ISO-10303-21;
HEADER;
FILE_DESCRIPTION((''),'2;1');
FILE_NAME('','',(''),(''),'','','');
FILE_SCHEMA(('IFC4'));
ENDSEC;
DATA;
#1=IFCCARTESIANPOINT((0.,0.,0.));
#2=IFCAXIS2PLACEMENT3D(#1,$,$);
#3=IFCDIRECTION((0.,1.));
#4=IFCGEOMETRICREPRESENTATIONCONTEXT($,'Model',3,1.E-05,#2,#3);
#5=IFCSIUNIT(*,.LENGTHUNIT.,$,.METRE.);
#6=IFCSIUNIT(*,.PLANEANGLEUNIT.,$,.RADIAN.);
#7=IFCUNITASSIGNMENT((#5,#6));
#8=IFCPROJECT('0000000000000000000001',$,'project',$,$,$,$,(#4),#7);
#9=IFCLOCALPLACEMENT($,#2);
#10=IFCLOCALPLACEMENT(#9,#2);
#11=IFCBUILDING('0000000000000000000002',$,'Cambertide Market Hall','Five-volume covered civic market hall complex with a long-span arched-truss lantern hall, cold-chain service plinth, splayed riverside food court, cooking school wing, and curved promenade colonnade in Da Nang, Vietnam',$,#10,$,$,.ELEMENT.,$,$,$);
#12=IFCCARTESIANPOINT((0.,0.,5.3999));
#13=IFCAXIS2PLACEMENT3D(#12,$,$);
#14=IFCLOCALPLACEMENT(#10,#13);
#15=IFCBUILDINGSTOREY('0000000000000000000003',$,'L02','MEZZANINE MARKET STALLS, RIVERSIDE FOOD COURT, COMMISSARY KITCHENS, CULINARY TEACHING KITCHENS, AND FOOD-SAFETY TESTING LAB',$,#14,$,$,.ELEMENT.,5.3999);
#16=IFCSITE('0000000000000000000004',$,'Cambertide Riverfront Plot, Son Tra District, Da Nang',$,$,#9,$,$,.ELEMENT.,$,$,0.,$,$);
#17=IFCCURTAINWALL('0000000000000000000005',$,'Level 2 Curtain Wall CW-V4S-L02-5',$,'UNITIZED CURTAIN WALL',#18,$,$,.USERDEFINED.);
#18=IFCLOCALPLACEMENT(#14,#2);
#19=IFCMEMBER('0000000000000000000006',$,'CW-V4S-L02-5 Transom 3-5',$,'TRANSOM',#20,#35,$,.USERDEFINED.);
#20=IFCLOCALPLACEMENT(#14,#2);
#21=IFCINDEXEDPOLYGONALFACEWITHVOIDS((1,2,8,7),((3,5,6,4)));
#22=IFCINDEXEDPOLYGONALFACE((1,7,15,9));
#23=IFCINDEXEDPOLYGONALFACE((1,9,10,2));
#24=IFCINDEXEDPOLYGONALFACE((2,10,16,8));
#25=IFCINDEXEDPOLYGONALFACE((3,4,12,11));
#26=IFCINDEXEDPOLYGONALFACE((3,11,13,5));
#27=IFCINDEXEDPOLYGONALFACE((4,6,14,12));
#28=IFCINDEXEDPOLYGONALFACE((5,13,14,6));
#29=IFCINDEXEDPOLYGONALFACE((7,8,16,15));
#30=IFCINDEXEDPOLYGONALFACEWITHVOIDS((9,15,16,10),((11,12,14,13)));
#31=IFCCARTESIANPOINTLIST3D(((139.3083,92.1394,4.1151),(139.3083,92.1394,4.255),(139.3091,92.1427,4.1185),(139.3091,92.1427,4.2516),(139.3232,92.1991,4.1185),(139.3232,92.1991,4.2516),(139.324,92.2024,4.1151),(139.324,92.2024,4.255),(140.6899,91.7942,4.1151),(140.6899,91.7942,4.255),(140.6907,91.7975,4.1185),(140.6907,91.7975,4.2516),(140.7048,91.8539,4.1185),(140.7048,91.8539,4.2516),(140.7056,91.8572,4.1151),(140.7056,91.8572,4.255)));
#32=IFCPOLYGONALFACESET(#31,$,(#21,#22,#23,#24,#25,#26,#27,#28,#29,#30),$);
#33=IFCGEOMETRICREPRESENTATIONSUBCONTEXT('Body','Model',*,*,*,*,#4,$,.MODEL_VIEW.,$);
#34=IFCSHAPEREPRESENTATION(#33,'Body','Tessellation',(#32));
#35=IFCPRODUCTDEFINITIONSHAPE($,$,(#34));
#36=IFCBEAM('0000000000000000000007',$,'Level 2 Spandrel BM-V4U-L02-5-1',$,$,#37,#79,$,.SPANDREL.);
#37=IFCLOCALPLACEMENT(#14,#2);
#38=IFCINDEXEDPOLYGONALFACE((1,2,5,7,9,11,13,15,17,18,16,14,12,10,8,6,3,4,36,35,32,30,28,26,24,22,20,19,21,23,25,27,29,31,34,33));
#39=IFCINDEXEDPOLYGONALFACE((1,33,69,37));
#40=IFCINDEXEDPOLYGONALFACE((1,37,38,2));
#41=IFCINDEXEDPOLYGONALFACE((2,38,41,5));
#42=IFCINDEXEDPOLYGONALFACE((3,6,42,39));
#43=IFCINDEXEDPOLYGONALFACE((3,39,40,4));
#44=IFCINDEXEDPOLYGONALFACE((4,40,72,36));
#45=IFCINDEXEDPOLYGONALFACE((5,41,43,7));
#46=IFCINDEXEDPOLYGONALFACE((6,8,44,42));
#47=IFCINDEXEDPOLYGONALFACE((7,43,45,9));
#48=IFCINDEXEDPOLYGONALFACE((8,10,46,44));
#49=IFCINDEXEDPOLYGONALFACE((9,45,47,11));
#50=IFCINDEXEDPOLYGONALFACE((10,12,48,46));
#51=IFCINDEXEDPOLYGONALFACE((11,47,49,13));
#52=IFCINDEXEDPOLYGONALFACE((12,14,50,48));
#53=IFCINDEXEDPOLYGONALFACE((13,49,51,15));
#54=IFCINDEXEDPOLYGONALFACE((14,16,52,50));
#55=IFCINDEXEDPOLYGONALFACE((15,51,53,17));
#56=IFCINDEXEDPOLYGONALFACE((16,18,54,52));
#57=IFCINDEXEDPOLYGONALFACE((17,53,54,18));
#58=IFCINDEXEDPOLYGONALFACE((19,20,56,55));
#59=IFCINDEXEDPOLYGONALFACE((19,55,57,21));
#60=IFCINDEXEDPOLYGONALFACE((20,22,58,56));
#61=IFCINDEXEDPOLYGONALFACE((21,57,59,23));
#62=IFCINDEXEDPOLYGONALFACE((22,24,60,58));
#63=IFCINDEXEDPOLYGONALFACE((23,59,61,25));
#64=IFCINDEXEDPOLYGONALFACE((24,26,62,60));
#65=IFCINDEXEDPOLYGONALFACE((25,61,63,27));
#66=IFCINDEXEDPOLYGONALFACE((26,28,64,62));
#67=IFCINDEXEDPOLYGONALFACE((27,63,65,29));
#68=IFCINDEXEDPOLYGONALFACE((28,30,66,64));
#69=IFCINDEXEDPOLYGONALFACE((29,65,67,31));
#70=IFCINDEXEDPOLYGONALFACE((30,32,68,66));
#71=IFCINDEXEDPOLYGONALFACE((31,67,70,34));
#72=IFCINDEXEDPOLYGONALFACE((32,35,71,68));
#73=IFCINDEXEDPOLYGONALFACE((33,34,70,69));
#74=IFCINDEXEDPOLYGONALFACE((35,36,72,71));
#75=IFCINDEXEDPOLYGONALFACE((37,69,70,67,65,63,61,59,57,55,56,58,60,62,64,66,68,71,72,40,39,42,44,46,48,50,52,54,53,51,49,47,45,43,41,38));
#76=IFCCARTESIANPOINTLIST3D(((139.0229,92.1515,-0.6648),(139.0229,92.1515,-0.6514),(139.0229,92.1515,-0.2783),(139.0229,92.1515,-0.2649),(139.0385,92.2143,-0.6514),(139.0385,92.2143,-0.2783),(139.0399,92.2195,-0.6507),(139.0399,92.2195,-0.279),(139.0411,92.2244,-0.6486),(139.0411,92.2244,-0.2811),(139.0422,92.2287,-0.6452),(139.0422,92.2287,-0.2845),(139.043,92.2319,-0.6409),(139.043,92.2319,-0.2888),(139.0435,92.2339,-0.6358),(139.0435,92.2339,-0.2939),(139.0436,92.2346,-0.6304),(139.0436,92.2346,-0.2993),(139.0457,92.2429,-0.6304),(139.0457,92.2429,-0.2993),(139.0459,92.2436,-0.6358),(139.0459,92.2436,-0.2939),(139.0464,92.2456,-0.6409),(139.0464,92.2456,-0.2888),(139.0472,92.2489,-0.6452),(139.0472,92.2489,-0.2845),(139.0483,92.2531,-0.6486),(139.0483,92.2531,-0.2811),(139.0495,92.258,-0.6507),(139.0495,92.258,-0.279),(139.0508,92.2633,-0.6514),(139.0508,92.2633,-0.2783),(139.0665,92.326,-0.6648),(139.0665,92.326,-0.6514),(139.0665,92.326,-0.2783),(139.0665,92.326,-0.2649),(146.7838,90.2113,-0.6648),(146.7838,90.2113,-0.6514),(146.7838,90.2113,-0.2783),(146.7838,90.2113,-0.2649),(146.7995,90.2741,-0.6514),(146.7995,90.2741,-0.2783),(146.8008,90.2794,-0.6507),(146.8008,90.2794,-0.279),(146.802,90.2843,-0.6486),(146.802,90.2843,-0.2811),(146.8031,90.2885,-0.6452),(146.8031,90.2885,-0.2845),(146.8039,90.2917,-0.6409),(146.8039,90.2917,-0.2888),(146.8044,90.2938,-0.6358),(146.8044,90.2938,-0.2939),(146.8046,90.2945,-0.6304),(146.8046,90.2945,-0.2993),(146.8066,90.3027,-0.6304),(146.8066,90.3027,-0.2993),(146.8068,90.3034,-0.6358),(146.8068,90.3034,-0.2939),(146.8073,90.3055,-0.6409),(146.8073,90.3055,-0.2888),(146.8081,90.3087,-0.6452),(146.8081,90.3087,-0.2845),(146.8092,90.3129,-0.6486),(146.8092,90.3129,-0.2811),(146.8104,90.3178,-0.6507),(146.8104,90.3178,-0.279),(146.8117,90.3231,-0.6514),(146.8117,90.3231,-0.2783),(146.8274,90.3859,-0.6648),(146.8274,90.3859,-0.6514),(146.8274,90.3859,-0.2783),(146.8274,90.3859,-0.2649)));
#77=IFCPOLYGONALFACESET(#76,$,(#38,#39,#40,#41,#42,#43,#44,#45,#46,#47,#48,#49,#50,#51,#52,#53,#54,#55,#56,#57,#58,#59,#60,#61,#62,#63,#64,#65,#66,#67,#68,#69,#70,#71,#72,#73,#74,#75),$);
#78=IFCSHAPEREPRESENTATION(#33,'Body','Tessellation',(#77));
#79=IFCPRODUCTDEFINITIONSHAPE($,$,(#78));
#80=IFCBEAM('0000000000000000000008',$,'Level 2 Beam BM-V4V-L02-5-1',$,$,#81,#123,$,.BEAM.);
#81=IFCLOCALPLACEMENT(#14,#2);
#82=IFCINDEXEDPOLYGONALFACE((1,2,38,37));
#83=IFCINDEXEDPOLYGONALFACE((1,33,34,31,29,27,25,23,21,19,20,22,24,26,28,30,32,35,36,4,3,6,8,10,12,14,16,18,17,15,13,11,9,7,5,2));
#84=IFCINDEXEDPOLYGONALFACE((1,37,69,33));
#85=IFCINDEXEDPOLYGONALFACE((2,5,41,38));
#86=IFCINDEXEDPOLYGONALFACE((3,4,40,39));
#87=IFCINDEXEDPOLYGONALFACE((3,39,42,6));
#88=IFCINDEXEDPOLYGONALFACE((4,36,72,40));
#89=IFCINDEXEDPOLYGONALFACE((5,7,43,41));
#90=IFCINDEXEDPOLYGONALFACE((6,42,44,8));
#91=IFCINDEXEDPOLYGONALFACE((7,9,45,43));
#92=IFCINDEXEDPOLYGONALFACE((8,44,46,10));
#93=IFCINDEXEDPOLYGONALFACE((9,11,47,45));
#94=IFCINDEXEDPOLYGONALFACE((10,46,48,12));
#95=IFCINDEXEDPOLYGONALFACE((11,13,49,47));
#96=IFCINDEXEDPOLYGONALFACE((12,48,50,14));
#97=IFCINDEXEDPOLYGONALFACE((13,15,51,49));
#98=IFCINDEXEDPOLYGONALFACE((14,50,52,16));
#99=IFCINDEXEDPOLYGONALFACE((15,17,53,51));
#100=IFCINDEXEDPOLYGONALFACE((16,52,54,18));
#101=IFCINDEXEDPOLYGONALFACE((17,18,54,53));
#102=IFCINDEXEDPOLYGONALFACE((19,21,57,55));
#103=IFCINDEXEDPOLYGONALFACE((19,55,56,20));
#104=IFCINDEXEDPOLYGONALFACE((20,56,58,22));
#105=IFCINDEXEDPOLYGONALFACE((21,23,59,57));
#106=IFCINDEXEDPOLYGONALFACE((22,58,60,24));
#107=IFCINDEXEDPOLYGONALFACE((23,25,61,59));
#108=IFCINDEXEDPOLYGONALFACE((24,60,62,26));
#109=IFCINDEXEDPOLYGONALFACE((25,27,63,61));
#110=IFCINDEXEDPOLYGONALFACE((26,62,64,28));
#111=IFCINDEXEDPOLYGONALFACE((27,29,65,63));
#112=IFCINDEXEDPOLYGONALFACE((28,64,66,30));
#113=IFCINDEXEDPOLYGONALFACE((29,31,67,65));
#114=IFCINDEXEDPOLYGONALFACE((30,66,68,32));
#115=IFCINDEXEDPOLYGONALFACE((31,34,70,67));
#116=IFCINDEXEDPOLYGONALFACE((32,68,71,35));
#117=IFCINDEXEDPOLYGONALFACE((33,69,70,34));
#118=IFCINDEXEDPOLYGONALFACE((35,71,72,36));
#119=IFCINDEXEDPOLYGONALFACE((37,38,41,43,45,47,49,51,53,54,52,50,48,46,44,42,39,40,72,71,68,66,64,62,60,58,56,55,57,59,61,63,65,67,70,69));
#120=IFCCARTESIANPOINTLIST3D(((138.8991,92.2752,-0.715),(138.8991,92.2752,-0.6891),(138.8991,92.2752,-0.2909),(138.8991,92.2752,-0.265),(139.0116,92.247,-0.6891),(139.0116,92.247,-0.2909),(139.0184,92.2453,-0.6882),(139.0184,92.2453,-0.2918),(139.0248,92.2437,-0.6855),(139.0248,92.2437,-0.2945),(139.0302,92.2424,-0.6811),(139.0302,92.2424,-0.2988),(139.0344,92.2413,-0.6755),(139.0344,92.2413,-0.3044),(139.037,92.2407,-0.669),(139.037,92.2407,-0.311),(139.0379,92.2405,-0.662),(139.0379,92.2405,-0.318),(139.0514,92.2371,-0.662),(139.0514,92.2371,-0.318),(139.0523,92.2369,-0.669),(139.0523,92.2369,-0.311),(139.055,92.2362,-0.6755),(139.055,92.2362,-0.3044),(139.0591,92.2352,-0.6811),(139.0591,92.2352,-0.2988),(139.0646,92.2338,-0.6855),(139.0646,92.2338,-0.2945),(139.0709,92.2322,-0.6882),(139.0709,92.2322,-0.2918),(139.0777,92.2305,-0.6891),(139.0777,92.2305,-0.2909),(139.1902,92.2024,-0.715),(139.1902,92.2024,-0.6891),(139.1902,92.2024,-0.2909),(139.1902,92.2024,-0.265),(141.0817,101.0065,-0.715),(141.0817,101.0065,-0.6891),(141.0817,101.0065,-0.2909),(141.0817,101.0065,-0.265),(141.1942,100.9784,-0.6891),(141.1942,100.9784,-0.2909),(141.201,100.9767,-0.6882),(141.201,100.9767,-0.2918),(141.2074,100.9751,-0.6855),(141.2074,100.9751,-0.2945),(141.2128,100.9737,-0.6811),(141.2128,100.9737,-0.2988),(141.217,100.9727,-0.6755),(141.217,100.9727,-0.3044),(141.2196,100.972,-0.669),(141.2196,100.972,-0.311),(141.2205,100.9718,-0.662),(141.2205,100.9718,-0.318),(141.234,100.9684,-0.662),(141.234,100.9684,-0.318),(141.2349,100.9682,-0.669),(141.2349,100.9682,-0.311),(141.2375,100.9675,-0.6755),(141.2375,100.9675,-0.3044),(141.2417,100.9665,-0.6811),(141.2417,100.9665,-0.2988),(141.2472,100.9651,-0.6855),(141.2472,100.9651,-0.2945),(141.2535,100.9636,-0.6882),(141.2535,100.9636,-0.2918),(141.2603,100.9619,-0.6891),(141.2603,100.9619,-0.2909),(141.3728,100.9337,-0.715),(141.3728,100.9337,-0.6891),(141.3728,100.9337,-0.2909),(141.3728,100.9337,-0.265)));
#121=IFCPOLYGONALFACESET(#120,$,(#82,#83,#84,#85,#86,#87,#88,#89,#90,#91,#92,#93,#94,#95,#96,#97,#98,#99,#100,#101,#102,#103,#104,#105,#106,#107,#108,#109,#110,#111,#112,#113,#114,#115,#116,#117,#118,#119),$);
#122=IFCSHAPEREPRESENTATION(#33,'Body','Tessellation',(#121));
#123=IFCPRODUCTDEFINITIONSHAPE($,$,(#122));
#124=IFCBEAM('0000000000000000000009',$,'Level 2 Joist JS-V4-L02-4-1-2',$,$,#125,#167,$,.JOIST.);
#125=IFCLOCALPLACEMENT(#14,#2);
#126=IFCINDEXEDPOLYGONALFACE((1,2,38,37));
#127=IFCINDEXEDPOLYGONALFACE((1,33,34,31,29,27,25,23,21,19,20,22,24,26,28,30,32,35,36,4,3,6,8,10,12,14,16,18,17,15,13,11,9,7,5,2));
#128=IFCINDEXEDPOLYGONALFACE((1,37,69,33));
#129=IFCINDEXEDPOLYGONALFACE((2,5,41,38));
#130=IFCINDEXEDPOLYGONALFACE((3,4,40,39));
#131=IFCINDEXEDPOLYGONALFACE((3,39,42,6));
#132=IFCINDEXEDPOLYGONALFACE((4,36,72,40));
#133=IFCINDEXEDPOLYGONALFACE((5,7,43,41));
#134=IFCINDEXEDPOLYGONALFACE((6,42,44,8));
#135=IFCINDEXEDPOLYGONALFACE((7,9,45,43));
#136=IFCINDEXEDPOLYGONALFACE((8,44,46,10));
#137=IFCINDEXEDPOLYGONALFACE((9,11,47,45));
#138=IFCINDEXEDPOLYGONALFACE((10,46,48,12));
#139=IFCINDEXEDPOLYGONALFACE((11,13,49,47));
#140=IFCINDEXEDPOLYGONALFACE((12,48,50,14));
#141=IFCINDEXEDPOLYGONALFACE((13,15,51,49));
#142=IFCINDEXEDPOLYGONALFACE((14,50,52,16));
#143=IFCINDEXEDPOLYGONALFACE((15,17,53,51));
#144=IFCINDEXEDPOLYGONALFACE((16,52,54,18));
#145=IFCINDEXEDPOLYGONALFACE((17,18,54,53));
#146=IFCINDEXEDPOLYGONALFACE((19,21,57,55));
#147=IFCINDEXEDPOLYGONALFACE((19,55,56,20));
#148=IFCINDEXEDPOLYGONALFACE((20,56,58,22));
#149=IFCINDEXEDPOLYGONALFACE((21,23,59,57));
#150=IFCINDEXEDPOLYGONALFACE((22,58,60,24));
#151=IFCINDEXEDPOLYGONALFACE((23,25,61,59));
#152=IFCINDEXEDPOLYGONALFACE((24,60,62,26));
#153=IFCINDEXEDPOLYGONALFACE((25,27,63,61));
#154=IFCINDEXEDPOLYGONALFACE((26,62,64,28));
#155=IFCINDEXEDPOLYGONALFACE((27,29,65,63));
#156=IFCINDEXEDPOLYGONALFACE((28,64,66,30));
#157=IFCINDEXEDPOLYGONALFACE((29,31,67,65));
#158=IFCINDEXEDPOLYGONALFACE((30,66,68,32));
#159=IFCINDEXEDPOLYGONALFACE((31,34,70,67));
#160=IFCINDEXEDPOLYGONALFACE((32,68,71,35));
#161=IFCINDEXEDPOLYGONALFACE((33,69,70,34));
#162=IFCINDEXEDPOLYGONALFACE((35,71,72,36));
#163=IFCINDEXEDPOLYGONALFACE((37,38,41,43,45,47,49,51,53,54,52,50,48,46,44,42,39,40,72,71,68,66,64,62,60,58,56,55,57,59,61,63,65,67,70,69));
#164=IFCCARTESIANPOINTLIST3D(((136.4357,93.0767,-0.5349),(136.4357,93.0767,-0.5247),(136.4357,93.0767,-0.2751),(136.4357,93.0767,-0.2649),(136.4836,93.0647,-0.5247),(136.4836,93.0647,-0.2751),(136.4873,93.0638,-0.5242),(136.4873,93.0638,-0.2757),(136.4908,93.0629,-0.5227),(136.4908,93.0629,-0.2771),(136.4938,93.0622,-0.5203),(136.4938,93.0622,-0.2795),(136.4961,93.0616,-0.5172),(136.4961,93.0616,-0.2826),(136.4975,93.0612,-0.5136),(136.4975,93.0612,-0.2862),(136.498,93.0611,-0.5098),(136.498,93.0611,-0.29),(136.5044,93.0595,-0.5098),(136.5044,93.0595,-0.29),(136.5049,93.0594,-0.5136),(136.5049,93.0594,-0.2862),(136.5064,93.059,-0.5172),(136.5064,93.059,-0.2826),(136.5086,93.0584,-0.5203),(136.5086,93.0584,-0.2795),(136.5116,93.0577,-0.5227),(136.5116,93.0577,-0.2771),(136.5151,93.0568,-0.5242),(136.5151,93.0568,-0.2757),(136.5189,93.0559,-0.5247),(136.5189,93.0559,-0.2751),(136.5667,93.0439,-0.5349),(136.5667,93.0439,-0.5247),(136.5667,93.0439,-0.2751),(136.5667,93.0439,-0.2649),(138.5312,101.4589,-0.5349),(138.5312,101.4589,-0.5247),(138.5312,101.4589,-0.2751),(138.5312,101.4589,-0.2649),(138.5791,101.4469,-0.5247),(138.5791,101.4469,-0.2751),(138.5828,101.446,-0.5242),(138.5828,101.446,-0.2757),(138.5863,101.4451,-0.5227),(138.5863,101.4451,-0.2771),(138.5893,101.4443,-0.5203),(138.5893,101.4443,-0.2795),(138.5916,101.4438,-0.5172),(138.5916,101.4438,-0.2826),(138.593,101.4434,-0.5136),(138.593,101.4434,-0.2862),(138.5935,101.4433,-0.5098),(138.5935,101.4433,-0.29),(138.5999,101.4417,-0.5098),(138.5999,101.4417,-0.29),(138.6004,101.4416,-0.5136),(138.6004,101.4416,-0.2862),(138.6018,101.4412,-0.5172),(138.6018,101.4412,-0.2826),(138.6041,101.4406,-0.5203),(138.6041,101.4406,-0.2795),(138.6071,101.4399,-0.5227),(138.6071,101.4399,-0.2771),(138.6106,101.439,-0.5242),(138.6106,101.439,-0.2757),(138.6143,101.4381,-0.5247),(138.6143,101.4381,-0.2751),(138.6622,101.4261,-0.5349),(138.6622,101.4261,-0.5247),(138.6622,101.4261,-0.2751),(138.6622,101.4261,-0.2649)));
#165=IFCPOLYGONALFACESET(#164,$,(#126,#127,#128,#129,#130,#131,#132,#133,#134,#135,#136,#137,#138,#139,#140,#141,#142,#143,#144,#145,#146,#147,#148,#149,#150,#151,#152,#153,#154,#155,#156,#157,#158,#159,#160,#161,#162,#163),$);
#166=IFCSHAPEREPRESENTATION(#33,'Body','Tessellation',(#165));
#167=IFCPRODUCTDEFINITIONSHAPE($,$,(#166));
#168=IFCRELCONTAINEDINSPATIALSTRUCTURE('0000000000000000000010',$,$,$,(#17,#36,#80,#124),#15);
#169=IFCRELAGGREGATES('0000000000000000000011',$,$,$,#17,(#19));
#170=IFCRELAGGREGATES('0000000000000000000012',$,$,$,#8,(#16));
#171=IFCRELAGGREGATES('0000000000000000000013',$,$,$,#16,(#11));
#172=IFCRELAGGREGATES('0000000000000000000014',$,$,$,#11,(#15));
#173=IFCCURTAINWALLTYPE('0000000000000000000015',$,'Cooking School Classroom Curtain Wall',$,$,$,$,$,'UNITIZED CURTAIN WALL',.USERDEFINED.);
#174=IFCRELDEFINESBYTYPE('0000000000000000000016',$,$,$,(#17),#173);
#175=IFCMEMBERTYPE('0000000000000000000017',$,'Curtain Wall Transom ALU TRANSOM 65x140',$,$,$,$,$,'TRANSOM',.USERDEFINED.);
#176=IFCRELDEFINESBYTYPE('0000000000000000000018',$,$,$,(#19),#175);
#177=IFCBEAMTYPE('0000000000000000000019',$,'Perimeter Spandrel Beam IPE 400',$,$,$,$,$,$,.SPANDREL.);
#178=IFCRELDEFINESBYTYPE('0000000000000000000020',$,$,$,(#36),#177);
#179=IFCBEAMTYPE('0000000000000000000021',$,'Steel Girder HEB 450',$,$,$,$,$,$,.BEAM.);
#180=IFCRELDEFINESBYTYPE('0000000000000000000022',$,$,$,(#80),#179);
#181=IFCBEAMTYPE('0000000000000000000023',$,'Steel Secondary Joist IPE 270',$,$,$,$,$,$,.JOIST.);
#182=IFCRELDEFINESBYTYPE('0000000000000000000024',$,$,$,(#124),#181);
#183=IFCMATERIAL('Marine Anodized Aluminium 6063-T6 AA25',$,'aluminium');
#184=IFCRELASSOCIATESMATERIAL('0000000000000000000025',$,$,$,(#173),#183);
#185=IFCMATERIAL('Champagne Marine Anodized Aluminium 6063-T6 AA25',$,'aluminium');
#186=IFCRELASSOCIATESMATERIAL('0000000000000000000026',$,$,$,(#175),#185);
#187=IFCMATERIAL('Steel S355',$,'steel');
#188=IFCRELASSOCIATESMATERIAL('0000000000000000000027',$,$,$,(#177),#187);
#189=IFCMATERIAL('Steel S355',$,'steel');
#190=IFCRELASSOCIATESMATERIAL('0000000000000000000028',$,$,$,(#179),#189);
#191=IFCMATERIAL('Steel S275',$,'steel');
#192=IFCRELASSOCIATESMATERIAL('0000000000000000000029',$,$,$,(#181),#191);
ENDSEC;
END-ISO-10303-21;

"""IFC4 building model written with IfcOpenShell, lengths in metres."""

from ifc_helpers import new_model, si_unit, direction, frame, origin, origin_2d, place, context, subcontext, project, spatial, hollow_rectangle, i_section, extrude, material, material_profile, profile_set, type_object, element, aggregate, save


model = new_model("IFC4")

# Units and contexts
model_context = context("Model", 3, precision=1e-05, world=origin(), true_north=direction((0.0, 1.0)))
body_context = subcontext(model_context, "Body", "Model", "MODEL_VIEW")
ifc_project = project(units=[si_unit("LENGTHUNIT", "METRE"), si_unit("PLANEANGLEUNIT", "RADIAN")], contexts=[model_context])

# Site, building, storey
site_placement = place(None, origin())
site = spatial("IfcSite", under=ifc_project, at=site_placement, Name="Cambertide Riverfront Plot, Son Tra District, Da Nang", CompositionType="ELEMENT", RefElevation=0.0)
building_placement = place(site_placement, origin())
building = spatial("IfcBuilding", under=site, at=building_placement, Name="Cambertide Market Hall", Description="Five-volume covered civic market hall complex with a long-span arched-truss lantern hall, cold-chain service plinth, splayed riverside food court, cooking school wing, and curved promenade colonnade in Da Nang, Vietnam", CompositionType="ELEMENT")
storey_placement = place(building_placement, frame((0.0, 0.0, 5.3999)))
storey = spatial("IfcBuildingStorey", under=building, at=storey_placement, Name="L02", Description="MEZZANINE MARKET STALLS, RIVERSIDE FOOD COURT, COMMISSARY KITCHENS, CULINARY TEACHING KITCHENS, AND FOOD-SAFETY TESTING LAB", CompositionType="ELEMENT", Elevation=5.3999)

# Curtain wall, member
ifc_material_1 = material(Name="Marine Anodized Aluminium 6063-T6 AA25", Category="aluminium")
curtain_wall_type = type_object("IfcCurtainWallType", Name="Cooking School Classroom Curtain Wall", ElementType="UNITIZED CURTAIN WALL", PredefinedType="USERDEFINED", material=ifc_material_1)
curtain_wall_placement = place(storey_placement, origin())
curtain_wall = element("IfcCurtainWall", 1, at=curtain_wall_placement, inside=storey, type_object=curtain_wall_type, Name="Level 2 Curtain Wall CW-V4S-L02-5", ObjectType="UNITIZED CURTAIN WALL", PredefinedType="USERDEFINED")
ifc_material_2 = material(Name="Champagne Marine Anodized Aluminium 6063-T6 AA25", Category="aluminium")
ifc_material_profile_1 = material_profile(ifc_material_2, hollow_rectangle(XDim=0.0649, YDim=0.1399, WallThickness=0.0034, at=origin_2d()), Name="ALU TRANSOM 65x140")
ifc_profile_set_1 = profile_set([ifc_material_profile_1], Name="Champagne Marine Anodized Aluminium 6063-T6 AA25")
member_type_1 = type_object("IfcMemberType", Name="Curtain Wall Transom ALU TRANSOM 65x140", ElementType="TRANSOM", PredefinedType="USERDEFINED", material=ifc_profile_set_1)
member_1_placement = place(storey_placement, frame((140.6978, 91.8257, 4.1851), z_axis=(-0.970173, 0.242415, 0.0), x_axis=(-0.242415, -0.970173, 0.0)))
member_1 = element("IfcMember", 2, at=member_1_placement, type_object=member_type_1, Name="CW-V4S-L02-5 Transom 3-5", ObjectType="TRANSOM", PredefinedType="USERDEFINED", context=body_context, shape_type="SweptSolid", body=[
    extrude(hollow_rectangle(XDim=0.0649, YDim=0.1399, WallThickness=0.0034, at=origin_2d()), origin(), (0.0, 0.0, 1.0), 1.4241),
])

# Beams
ifc_material_3 = material(Name="Steel S355", Category="steel")
ifc_material_profile_2 = material_profile(ifc_material_3, i_section(OverallWidth=0.1799, OverallDepth=0.3999, WebThickness=0.0085, FlangeThickness=0.0134, FilletRadius=0.021, at=origin_2d()), Name="IPE 400")
ifc_profile_set_2 = profile_set([ifc_material_profile_2], Name="Steel S355")
beam_type_1 = type_object("IfcBeamType", Name="Perimeter Spandrel Beam IPE 400", PredefinedType="SPANDREL", material=ifc_profile_set_2)
beam_1_placement = place(storey_placement, frame((139.0447, 92.2388, -0.4648), z_axis=(0.970144, -0.242528, 0.0), x_axis=(0.242528, 0.970144, 0.0)))
element("IfcBeam", 3, at=beam_1_placement, inside=storey, type_object=beam_type_1, Name="Level 2 Spandrel BM-V4U-L02-5-1", PredefinedType="SPANDREL", context=body_context, shape_type="SweptSolid", body=[
    extrude(i_section(OverallWidth=0.1799, OverallDepth=0.3999, WebThickness=0.0085, FlangeThickness=0.0134, FilletRadius=0.021, at=origin_2d()), origin(), (0.0, 0.0, 1.0), 7.9998),
])
ifc_material_4 = material(Name="Steel S355", Category="steel")
ifc_material_profile_3 = material_profile(ifc_material_4, i_section(OverallWidth=0.3, OverallDepth=0.45, WebThickness=0.0139, FlangeThickness=0.0259, FilletRadius=0.0271, at=origin_2d()), Name="HEB 450")
ifc_profile_set_3 = profile_set([ifc_material_profile_3], Name="Steel S355")
beam_type_2 = type_object("IfcBeamType", Name="Steel Girder HEB 450", PredefinedType="BEAM", material=ifc_profile_set_3)
beam_2_placement = place(storey_placement, frame((139.0447, 92.2388, -0.49), z_axis=(0.24251, 0.970149, 0.0), x_axis=(-0.970149, 0.24251, 0.0)))
element("IfcBeam", 4, at=beam_2_placement, inside=storey, type_object=beam_type_2, Name="Level 2 Beam BM-V4V-L02-5-1", PredefinedType="BEAM", context=body_context, shape_type="SweptSolid", body=[
    extrude(i_section(OverallWidth=0.3, OverallDepth=0.45, WebThickness=0.0139, FlangeThickness=0.0259, FilletRadius=0.0271, at=origin_2d()), origin(), (0.0, 0.0, 1.0), 9.0),
])
ifc_material_5 = material(Name="Steel S275", Category="steel")
ifc_material_profile_4 = material_profile(ifc_material_5, i_section(OverallWidth=0.135, OverallDepth=0.27, WebThickness=0.0066, FlangeThickness=0.0103, FilletRadius=0.0149, at=origin_2d()), Name="IPE 270")
ifc_profile_set_4 = profile_set([ifc_material_profile_4], Name="Steel S275")
beam_type_3 = type_object("IfcBeamType", Name="Steel Secondary Joist IPE 270", PredefinedType="JOIST", material=ifc_profile_set_4)
beam_3_placement = place(storey_placement, frame((136.5012, 93.0603, -0.3999), z_axis=(0.242529, 0.970144, 0.0), x_axis=(-0.970144, 0.242529, 0.0)))
element("IfcBeam", 5, at=beam_3_placement, inside=storey, type_object=beam_type_3, Name="Level 2 Joist JS-V4-L02-4-1-2", PredefinedType="JOIST", context=body_context, shape_type="SweptSolid", body=[
    extrude(i_section(OverallWidth=0.135, OverallDepth=0.27, WebThickness=0.0066, FlangeThickness=0.0103, FilletRadius=0.0149, at=origin_2d()), origin(), (0.0, 0.0, 1.0), 8.6401),
])

aggregate(curtain_wall, [member_1])

save(model, "model.ifc")
